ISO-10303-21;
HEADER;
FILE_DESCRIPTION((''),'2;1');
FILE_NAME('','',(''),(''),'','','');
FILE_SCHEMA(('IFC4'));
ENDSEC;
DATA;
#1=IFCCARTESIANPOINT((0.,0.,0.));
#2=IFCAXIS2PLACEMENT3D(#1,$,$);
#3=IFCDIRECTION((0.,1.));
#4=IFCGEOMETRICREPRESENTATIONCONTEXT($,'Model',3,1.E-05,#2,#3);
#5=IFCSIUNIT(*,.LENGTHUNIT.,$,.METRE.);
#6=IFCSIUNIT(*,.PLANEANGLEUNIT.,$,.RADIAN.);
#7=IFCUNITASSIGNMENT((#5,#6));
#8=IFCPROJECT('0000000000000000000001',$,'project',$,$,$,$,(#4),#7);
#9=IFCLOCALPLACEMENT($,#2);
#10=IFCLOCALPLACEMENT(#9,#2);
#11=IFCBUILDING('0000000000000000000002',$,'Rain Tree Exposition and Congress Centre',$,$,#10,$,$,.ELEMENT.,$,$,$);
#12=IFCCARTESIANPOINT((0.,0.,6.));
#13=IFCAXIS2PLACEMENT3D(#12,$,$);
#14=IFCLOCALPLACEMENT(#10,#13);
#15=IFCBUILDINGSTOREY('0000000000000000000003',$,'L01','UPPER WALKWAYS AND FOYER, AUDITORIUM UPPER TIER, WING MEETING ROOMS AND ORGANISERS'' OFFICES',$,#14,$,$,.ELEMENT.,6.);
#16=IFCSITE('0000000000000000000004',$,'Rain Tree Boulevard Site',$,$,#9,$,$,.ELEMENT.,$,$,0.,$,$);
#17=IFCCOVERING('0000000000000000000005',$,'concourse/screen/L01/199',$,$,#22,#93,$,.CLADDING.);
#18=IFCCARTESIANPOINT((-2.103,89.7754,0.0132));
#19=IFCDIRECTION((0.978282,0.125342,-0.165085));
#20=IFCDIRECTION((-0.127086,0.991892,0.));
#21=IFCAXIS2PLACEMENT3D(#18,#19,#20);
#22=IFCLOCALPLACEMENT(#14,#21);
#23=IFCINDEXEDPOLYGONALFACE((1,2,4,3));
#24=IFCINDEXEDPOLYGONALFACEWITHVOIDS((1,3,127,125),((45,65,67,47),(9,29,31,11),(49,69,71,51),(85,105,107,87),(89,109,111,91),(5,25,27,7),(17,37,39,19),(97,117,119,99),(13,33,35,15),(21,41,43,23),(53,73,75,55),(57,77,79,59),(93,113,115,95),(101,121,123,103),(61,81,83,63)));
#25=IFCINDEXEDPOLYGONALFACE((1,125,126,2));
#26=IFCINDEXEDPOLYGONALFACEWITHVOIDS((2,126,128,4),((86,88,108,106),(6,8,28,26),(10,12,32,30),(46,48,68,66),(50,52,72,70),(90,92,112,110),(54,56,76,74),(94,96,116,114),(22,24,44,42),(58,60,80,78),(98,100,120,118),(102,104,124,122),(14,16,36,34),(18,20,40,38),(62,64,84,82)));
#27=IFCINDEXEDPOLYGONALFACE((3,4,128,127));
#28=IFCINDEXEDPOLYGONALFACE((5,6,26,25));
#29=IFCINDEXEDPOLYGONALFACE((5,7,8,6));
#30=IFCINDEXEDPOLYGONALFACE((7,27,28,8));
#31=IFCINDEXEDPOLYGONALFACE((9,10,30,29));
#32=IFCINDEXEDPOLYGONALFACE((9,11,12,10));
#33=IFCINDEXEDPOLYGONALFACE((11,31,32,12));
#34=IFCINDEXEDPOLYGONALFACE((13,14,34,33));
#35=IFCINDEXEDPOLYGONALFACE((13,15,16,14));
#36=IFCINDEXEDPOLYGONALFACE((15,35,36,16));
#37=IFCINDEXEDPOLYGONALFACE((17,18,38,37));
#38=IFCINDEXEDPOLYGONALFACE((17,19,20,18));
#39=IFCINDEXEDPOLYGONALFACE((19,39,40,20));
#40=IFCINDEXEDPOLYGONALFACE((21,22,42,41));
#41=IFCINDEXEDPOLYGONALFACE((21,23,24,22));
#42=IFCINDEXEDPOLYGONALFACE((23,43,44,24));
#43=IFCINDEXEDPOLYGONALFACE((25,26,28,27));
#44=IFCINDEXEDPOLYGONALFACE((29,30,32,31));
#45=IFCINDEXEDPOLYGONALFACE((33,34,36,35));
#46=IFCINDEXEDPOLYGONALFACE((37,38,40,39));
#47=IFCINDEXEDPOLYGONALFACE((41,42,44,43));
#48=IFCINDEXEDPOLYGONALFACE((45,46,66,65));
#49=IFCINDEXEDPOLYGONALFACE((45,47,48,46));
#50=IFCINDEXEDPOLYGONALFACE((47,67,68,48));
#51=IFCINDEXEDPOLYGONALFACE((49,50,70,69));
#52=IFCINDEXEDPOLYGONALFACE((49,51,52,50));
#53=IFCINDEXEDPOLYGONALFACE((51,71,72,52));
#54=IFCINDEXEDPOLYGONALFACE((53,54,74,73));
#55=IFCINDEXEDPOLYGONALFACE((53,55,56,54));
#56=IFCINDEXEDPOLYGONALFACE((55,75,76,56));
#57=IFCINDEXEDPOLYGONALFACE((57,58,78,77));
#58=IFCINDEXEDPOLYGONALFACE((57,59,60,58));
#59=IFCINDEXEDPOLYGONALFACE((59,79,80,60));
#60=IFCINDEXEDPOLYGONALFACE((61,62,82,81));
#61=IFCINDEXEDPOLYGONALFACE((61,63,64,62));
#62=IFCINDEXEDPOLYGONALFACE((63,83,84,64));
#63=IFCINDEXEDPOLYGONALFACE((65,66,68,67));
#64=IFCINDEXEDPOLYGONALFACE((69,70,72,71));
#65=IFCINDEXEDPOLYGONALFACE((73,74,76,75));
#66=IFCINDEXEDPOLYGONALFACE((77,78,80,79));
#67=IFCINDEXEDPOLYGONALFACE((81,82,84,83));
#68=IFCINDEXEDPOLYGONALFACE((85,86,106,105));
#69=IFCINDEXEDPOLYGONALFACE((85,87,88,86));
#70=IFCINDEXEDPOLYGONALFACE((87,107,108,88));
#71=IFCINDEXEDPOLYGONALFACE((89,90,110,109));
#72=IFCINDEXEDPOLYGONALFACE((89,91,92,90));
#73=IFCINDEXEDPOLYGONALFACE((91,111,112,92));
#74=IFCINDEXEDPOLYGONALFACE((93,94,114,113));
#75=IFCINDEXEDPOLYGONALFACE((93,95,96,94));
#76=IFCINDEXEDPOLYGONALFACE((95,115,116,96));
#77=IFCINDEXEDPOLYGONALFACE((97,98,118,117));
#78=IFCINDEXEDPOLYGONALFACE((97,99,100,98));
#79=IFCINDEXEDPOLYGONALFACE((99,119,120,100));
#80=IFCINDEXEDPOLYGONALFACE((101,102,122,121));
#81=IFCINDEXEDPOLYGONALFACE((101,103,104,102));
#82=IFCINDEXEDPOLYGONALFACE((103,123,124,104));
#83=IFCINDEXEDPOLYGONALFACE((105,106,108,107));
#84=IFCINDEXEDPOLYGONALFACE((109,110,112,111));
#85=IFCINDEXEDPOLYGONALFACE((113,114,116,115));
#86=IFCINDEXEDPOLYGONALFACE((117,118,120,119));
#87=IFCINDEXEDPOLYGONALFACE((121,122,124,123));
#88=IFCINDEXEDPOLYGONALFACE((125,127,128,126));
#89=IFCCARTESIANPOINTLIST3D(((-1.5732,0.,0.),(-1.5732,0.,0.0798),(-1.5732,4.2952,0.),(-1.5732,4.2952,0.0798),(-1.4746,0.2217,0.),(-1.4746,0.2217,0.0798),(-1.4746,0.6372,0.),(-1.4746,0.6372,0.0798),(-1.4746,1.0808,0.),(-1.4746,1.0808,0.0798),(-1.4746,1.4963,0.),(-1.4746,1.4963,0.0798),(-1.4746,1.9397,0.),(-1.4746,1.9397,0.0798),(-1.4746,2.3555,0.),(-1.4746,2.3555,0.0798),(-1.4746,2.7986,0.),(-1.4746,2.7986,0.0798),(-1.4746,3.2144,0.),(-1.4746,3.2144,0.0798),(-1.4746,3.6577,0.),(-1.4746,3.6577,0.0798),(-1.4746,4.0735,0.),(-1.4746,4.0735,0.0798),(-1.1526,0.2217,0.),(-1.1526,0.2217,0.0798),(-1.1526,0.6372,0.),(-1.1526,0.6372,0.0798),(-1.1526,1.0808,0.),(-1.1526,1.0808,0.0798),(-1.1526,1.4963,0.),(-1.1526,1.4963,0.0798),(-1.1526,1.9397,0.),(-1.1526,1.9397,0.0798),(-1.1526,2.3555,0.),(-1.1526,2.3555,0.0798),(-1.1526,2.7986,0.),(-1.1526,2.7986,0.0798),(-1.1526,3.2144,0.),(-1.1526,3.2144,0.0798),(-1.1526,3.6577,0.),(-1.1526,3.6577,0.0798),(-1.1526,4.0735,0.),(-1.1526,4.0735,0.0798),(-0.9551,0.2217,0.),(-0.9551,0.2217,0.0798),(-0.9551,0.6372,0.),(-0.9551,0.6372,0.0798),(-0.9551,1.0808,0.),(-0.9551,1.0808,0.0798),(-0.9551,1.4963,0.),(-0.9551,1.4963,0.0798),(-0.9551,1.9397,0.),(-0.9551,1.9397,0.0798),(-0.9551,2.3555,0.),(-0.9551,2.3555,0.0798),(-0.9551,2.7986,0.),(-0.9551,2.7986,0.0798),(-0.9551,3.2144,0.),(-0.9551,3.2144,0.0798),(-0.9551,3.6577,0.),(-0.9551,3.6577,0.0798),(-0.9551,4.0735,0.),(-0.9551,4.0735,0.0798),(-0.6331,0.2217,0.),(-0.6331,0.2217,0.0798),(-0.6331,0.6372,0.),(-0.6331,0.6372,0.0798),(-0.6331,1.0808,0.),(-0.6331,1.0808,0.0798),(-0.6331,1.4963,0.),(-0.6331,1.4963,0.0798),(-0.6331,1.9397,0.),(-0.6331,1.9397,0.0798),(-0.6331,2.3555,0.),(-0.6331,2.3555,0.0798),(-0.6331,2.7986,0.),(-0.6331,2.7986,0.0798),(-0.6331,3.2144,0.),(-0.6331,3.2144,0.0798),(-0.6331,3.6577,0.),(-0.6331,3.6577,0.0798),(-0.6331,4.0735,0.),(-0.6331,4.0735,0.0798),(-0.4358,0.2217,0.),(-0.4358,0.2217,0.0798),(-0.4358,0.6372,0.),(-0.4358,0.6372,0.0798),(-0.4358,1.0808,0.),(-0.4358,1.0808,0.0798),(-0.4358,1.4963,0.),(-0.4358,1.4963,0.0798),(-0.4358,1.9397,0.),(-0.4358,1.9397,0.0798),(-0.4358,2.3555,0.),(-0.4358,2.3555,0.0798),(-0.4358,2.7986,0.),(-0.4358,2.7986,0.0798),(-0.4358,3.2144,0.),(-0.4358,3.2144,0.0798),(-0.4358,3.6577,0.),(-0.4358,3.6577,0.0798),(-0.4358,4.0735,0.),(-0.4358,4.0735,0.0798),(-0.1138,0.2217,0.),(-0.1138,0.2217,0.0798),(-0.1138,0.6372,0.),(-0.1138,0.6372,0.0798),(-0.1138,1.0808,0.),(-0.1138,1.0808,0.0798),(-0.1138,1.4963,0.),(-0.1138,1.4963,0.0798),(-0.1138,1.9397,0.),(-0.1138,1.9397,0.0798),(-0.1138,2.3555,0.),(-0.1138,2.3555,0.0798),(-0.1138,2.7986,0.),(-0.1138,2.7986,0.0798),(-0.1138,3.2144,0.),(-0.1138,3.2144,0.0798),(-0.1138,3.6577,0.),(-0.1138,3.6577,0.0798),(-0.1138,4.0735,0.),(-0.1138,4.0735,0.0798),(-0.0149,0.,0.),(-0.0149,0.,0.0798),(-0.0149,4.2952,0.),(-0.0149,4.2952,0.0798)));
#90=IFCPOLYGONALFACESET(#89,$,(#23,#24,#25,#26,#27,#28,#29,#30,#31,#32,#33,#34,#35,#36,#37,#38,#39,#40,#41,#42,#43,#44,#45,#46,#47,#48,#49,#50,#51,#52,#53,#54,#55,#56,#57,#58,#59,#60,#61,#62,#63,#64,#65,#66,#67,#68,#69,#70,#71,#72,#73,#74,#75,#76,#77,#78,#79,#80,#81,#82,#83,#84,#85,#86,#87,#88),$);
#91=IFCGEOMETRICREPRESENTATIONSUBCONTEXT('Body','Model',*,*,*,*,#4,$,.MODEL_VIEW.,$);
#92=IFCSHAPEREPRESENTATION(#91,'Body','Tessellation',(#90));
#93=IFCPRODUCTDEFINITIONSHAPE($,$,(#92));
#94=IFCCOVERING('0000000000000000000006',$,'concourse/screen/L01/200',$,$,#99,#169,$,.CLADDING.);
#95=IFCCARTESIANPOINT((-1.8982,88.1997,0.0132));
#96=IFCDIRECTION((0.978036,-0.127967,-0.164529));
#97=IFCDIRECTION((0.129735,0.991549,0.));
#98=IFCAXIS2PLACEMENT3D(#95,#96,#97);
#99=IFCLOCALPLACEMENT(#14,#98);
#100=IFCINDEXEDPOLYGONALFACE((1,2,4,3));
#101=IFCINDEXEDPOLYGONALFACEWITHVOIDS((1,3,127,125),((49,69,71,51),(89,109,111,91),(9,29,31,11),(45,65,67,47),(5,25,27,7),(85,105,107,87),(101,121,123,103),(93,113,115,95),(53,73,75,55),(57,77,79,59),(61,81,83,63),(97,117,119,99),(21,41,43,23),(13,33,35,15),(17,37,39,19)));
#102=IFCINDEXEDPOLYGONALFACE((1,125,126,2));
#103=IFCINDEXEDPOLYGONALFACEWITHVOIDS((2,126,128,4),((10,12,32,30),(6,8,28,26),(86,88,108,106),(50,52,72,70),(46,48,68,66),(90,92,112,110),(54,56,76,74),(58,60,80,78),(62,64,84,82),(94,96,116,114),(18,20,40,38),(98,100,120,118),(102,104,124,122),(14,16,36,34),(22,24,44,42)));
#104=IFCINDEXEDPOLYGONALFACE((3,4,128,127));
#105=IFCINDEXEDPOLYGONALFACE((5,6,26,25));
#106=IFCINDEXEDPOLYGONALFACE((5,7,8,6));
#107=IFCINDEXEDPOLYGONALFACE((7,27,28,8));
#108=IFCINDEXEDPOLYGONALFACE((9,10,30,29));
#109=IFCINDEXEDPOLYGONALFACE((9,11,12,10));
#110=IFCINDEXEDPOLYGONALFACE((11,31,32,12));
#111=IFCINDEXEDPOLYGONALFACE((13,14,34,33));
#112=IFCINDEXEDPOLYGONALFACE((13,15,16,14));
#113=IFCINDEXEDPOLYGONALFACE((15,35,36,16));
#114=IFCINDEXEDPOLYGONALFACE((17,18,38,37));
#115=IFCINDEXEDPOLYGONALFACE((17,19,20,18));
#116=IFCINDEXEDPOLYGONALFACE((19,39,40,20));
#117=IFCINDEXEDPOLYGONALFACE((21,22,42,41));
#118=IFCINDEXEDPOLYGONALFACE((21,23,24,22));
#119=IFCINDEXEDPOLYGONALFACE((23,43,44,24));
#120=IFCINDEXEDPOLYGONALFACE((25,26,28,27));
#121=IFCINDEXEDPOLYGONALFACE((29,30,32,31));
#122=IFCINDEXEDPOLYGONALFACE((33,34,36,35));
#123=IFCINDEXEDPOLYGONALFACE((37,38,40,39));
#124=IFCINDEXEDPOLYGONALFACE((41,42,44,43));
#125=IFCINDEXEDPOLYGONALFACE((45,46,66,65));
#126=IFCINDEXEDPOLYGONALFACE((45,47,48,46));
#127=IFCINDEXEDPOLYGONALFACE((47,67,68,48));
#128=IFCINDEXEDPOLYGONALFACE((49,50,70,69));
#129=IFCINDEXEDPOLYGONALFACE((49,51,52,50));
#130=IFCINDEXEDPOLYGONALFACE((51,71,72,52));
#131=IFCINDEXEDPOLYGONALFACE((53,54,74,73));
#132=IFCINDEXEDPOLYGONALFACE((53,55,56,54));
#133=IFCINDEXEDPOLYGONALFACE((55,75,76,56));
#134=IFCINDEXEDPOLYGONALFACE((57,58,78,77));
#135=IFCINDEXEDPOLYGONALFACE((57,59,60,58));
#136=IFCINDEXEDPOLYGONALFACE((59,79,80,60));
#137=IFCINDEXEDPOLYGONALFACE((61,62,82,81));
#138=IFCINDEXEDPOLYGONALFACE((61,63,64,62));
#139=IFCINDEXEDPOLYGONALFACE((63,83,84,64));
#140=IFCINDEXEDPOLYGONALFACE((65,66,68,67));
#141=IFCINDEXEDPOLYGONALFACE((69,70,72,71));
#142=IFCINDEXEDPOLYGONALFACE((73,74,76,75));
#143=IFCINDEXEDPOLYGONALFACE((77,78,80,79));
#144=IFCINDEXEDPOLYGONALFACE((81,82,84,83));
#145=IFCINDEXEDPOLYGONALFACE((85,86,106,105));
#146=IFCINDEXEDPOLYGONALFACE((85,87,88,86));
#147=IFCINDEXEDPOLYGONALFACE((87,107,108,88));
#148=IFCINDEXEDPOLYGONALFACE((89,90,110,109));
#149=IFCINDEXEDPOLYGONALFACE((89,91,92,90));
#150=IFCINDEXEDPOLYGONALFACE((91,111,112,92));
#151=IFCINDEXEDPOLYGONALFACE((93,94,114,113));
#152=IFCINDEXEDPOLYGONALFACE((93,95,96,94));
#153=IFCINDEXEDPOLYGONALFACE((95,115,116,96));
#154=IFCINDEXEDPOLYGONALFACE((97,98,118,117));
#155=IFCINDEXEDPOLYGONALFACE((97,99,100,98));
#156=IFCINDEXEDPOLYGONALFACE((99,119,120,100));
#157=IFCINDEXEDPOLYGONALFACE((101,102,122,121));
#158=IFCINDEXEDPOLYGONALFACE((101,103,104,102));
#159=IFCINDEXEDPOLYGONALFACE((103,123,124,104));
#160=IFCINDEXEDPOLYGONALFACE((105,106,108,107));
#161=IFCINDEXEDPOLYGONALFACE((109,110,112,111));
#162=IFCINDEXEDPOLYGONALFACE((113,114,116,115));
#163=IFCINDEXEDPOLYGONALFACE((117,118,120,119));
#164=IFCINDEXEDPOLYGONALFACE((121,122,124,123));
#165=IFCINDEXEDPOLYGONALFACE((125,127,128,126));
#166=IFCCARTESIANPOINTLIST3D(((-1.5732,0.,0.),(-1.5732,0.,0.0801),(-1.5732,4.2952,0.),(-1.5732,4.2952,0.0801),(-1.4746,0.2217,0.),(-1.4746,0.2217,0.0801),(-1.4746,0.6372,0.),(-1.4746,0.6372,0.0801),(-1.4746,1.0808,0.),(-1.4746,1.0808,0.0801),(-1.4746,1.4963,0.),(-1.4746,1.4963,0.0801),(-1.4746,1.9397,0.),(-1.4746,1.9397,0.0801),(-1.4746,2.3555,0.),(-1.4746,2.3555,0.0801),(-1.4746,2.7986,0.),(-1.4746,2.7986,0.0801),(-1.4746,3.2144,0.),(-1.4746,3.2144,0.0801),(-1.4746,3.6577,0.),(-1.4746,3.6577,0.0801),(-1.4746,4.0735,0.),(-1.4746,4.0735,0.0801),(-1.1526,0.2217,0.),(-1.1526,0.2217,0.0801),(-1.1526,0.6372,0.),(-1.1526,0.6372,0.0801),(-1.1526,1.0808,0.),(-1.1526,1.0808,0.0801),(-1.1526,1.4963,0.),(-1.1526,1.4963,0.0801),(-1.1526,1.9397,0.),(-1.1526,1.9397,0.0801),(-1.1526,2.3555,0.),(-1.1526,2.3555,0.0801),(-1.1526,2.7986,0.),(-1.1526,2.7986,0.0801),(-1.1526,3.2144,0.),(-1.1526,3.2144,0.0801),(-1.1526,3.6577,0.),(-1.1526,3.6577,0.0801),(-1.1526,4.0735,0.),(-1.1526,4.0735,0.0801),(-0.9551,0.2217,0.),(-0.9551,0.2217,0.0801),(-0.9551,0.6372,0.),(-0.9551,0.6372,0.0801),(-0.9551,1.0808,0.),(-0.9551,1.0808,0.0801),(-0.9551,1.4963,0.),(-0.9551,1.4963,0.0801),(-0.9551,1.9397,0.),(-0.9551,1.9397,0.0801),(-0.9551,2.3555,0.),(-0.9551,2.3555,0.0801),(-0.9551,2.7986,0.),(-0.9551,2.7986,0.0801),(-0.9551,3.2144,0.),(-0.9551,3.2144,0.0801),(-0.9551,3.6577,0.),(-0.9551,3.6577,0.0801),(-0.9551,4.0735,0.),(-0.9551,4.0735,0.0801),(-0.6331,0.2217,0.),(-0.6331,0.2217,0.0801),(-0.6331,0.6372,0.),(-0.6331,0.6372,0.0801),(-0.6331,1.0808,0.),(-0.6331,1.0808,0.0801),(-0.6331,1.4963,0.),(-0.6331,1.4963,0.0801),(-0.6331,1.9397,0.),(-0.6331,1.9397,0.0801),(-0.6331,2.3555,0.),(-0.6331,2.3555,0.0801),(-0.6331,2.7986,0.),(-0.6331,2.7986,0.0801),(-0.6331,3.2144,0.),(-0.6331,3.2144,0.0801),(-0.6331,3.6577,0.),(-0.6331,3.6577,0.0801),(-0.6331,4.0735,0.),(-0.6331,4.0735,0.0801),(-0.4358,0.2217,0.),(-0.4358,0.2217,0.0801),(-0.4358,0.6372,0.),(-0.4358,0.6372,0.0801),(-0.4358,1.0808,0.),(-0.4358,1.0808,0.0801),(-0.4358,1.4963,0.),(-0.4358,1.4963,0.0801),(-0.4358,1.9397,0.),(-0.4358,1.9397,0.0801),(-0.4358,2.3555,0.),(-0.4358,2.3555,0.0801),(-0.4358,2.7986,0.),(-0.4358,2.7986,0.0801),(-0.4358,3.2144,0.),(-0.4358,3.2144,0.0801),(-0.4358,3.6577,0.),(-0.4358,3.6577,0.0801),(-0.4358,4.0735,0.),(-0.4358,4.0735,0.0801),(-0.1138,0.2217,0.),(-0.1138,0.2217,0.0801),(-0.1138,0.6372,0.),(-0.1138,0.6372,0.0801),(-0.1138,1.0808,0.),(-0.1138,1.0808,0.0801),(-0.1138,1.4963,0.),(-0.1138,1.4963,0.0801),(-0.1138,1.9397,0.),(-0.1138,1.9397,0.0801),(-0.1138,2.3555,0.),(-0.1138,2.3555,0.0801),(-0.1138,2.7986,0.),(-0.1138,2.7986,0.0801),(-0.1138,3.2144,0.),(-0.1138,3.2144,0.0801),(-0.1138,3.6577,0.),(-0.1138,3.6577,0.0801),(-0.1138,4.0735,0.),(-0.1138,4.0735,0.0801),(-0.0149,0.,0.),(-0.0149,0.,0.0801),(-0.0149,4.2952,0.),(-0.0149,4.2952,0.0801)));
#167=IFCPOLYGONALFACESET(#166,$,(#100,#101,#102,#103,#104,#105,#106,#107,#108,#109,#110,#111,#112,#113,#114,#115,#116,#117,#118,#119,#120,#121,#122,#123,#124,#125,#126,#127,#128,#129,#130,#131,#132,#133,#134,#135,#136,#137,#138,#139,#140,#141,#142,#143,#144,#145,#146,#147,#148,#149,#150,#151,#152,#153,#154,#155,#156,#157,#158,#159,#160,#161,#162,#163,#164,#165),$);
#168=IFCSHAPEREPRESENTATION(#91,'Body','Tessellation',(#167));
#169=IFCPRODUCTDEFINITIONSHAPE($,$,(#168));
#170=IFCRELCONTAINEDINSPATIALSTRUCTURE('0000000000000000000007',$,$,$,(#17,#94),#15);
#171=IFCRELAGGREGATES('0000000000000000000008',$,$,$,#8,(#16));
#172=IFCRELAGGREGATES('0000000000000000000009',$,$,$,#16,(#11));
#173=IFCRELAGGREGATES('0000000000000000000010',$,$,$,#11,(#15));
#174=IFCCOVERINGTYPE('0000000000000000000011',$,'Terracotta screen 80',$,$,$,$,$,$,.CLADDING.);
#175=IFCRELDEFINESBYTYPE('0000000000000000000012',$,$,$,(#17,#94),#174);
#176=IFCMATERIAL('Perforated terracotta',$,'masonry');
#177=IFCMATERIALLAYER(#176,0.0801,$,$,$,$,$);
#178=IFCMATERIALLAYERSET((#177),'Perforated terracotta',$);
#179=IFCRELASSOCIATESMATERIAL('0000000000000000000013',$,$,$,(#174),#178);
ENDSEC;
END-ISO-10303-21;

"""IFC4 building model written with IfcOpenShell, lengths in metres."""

from ifc_helpers import new_model, si_unit, direction, frame, origin, place, context, subcontext, project, spatial, polyline, outline, extrude, material, layer, layer_set, type_object, element, save


model = new_model("IFC4")

# Units and contexts
model_context = context("Model", 3, precision=1e-05, world=origin(), true_north=direction((0.0, 1.0)))
body_context = subcontext(model_context, "Body", "Model", "MODEL_VIEW")
ifc_project = project(units=[si_unit("LENGTHUNIT", "METRE"), si_unit("PLANEANGLEUNIT", "RADIAN")], contexts=[model_context])

# Site, building, storey
site_placement = place(None, origin())
site = spatial("IfcSite", under=ifc_project, at=site_placement, Name="Rain Tree Boulevard Site", CompositionType="ELEMENT", RefElevation=0.0)
building_placement = place(site_placement, origin())
building = spatial("IfcBuilding", under=site, at=building_placement, Name="Rain Tree Exposition and Congress Centre", CompositionType="ELEMENT")
storey_placement = place(building_placement, frame((0.0, 0.0, 6.0)))
storey = spatial("IfcBuildingStorey", under=building, at=storey_placement, Name="L01", Description="UPPER WALKWAYS AND FOYER, AUDITORIUM UPPER TIER, WING MEETING ROOMS AND ORGANISERS' OFFICES", CompositionType="ELEMENT", Elevation=6.0)

# Coverings
ifc_material_1 = material(Name="Perforated terracotta", Category="masonry")
ifc_layer_1 = layer(ifc_material_1, 0.0801)
ifc_layer_set_1 = layer_set([ifc_layer_1], Name="Perforated terracotta")
covering_type = type_object("IfcCoveringType", Name="Terracotta screen 80", PredefinedType="CLADDING", material=ifc_layer_set_1)
covering_1_placement = place(storey_placement, frame((-2.103, 89.7754, 0.0132), z_axis=(0.978282, 0.125342, -0.165085), x_axis=(-0.127086, 0.991892, 0.0)))
element("IfcCovering", 1, at=covering_1_placement, inside=storey, type_object=covering_type, Name="concourse/screen/L01/199", PredefinedType="CLADDING", context=body_context, shape_type="SweptSolid", body=[
    extrude(outline(polyline([(-1.5732, 0.0), (-1.5732, 4.2952), (-0.0149, 4.2952), (-0.0149, 0.0), (-1.5732, 0.0)]), holes=[polyline([(-0.1138, 0.2217), (-0.1138, 0.6372), (-0.4358, 0.6372), (-0.4358, 0.2217), (-0.1138, 0.2217)]), polyline([(-0.1138, 1.0808), (-0.1138, 1.4963), (-0.4358, 1.4963), (-0.4358, 1.0808), (-0.1138, 1.0808)]), polyline([(-0.1138, 1.9397), (-0.1138, 2.3555), (-0.4358, 2.3555), (-0.4358, 1.9397), (-0.1138, 1.9397)]), polyline([(-0.1138, 2.7986), (-0.1138, 3.2144), (-0.4358, 3.2144), (-0.4358, 2.7986), (-0.1138, 2.7986)]), polyline([(-0.1138, 3.6577), (-0.1138, 4.0735), (-0.4358, 4.0735), (-0.4358, 3.6577), (-0.1138, 3.6577)]), polyline([(-0.6331, 0.2217), (-0.6331, 0.6372), (-0.9551, 0.6372), (-0.9551, 0.2217), (-0.6331, 0.2217)]), polyline([(-0.6331, 1.0808), (-0.6331, 1.4963), (-0.9551, 1.4963), (-0.9551, 1.0808), (-0.6331, 1.0808)]), polyline([(-0.6331, 1.9397), (-0.6331, 2.3555), (-0.9551, 2.3555), (-0.9551, 1.9397), (-0.6331, 1.9397)]), polyline([(-0.6331, 2.7986), (-0.6331, 3.2144), (-0.9551, 3.2144), (-0.9551, 2.7986), (-0.6331, 2.7986)]), polyline([(-0.6331, 3.6577), (-0.6331, 4.0735), (-0.9551, 4.0735), (-0.9551, 3.6577), (-0.6331, 3.6577)]), polyline([(-1.1526, 0.2217), (-1.1526, 0.6372), (-1.4746, 0.6372), (-1.4746, 0.2217), (-1.1526, 0.2217)]), polyline([(-1.1526, 1.0808), (-1.1526, 1.4963), (-1.4746, 1.4963), (-1.4746, 1.0808), (-1.1526, 1.0808)]), polyline([(-1.1526, 1.9397), (-1.1526, 2.3555), (-1.4746, 2.3555), (-1.4746, 1.9397), (-1.1526, 1.9397)]), polyline([(-1.1526, 2.7986), (-1.1526, 3.2144), (-1.4746, 3.2144), (-1.4746, 2.7986), (-1.1526, 2.7986)]), polyline([(-1.1526, 3.6577), (-1.1526, 4.0735), (-1.4746, 4.0735), (-1.4746, 3.6577), (-1.1526, 3.6577)])]), origin(), (0.0, 0.0, 1.0), 0.0798),
])
covering_2_placement = place(storey_placement, frame((-1.8982, 88.1997, 0.0132), z_axis=(0.978036, -0.127967, -0.164529), x_axis=(0.129735, 0.991549, 0.0)))
element("IfcCovering", 2, at=covering_2_placement, inside=storey, type_object=covering_type, Name="concourse/screen/L01/200", PredefinedType="CLADDING", context=body_context, shape_type="SweptSolid", body=[
    extrude(outline(polyline([(-1.5732, 0.0), (-1.5732, 4.2952), (-0.0149, 4.2952), (-0.0149, 0.0), (-1.5732, 0.0)]), holes=[polyline([(-0.1138, 0.2217), (-0.1138, 0.6372), (-0.4358, 0.6372), (-0.4358, 0.2217), (-0.1138, 0.2217)]), polyline([(-0.1138, 1.0808), (-0.1138, 1.4963), (-0.4358, 1.4963), (-0.4358, 1.0808), (-0.1138, 1.0808)]), polyline([(-0.1138, 1.9397), (-0.1138, 2.3555), (-0.4358, 2.3555), (-0.4358, 1.9397), (-0.1138, 1.9397)]), polyline([(-0.1138, 2.7986), (-0.1138, 3.2144), (-0.4358, 3.2144), (-0.4358, 2.7986), (-0.1138, 2.7986)]), polyline([(-0.1138, 3.6577), (-0.1138, 4.0735), (-0.4358, 4.0735), (-0.4358, 3.6577), (-0.1138, 3.6577)]), polyline([(-0.6331, 0.2217), (-0.6331, 0.6372), (-0.9551, 0.6372), (-0.9551, 0.2217), (-0.6331, 0.2217)]), polyline([(-0.6331, 1.0808), (-0.6331, 1.4963), (-0.9551, 1.4963), (-0.9551, 1.0808), (-0.6331, 1.0808)]), polyline([(-0.6331, 1.9397), (-0.6331, 2.3555), (-0.9551, 2.3555), (-0.9551, 1.9397), (-0.6331, 1.9397)]), polyline([(-0.6331, 2.7986), (-0.6331, 3.2144), (-0.9551, 3.2144), (-0.9551, 2.7986), (-0.6331, 2.7986)]), polyline([(-0.6331, 3.6577), (-0.6331, 4.0735), (-0.9551, 4.0735), (-0.9551, 3.6577), (-0.6331, 3.6577)]), polyline([(-1.1526, 0.2217), (-1.1526, 0.6372), (-1.4746, 0.6372), (-1.4746, 0.2217), (-1.1526, 0.2217)]), polyline([(-1.1526, 1.0808), (-1.1526, 1.4963), (-1.4746, 1.4963), (-1.4746, 1.0808), (-1.1526, 1.0808)]), polyline([(-1.1526, 1.9397), (-1.1526, 2.3555), (-1.4746, 2.3555), (-1.4746, 1.9397), (-1.1526, 1.9397)]), polyline([(-1.1526, 2.7986), (-1.1526, 3.2144), (-1.4746, 3.2144), (-1.4746, 2.7986), (-1.1526, 2.7986)]), polyline([(-1.1526, 3.6577), (-1.1526, 4.0735), (-1.4746, 4.0735), (-1.4746, 3.6577), (-1.1526, 3.6577)])]), origin(), (0.0, 0.0, 1.0), 0.0801),
])

save(model, "model.ifc")
